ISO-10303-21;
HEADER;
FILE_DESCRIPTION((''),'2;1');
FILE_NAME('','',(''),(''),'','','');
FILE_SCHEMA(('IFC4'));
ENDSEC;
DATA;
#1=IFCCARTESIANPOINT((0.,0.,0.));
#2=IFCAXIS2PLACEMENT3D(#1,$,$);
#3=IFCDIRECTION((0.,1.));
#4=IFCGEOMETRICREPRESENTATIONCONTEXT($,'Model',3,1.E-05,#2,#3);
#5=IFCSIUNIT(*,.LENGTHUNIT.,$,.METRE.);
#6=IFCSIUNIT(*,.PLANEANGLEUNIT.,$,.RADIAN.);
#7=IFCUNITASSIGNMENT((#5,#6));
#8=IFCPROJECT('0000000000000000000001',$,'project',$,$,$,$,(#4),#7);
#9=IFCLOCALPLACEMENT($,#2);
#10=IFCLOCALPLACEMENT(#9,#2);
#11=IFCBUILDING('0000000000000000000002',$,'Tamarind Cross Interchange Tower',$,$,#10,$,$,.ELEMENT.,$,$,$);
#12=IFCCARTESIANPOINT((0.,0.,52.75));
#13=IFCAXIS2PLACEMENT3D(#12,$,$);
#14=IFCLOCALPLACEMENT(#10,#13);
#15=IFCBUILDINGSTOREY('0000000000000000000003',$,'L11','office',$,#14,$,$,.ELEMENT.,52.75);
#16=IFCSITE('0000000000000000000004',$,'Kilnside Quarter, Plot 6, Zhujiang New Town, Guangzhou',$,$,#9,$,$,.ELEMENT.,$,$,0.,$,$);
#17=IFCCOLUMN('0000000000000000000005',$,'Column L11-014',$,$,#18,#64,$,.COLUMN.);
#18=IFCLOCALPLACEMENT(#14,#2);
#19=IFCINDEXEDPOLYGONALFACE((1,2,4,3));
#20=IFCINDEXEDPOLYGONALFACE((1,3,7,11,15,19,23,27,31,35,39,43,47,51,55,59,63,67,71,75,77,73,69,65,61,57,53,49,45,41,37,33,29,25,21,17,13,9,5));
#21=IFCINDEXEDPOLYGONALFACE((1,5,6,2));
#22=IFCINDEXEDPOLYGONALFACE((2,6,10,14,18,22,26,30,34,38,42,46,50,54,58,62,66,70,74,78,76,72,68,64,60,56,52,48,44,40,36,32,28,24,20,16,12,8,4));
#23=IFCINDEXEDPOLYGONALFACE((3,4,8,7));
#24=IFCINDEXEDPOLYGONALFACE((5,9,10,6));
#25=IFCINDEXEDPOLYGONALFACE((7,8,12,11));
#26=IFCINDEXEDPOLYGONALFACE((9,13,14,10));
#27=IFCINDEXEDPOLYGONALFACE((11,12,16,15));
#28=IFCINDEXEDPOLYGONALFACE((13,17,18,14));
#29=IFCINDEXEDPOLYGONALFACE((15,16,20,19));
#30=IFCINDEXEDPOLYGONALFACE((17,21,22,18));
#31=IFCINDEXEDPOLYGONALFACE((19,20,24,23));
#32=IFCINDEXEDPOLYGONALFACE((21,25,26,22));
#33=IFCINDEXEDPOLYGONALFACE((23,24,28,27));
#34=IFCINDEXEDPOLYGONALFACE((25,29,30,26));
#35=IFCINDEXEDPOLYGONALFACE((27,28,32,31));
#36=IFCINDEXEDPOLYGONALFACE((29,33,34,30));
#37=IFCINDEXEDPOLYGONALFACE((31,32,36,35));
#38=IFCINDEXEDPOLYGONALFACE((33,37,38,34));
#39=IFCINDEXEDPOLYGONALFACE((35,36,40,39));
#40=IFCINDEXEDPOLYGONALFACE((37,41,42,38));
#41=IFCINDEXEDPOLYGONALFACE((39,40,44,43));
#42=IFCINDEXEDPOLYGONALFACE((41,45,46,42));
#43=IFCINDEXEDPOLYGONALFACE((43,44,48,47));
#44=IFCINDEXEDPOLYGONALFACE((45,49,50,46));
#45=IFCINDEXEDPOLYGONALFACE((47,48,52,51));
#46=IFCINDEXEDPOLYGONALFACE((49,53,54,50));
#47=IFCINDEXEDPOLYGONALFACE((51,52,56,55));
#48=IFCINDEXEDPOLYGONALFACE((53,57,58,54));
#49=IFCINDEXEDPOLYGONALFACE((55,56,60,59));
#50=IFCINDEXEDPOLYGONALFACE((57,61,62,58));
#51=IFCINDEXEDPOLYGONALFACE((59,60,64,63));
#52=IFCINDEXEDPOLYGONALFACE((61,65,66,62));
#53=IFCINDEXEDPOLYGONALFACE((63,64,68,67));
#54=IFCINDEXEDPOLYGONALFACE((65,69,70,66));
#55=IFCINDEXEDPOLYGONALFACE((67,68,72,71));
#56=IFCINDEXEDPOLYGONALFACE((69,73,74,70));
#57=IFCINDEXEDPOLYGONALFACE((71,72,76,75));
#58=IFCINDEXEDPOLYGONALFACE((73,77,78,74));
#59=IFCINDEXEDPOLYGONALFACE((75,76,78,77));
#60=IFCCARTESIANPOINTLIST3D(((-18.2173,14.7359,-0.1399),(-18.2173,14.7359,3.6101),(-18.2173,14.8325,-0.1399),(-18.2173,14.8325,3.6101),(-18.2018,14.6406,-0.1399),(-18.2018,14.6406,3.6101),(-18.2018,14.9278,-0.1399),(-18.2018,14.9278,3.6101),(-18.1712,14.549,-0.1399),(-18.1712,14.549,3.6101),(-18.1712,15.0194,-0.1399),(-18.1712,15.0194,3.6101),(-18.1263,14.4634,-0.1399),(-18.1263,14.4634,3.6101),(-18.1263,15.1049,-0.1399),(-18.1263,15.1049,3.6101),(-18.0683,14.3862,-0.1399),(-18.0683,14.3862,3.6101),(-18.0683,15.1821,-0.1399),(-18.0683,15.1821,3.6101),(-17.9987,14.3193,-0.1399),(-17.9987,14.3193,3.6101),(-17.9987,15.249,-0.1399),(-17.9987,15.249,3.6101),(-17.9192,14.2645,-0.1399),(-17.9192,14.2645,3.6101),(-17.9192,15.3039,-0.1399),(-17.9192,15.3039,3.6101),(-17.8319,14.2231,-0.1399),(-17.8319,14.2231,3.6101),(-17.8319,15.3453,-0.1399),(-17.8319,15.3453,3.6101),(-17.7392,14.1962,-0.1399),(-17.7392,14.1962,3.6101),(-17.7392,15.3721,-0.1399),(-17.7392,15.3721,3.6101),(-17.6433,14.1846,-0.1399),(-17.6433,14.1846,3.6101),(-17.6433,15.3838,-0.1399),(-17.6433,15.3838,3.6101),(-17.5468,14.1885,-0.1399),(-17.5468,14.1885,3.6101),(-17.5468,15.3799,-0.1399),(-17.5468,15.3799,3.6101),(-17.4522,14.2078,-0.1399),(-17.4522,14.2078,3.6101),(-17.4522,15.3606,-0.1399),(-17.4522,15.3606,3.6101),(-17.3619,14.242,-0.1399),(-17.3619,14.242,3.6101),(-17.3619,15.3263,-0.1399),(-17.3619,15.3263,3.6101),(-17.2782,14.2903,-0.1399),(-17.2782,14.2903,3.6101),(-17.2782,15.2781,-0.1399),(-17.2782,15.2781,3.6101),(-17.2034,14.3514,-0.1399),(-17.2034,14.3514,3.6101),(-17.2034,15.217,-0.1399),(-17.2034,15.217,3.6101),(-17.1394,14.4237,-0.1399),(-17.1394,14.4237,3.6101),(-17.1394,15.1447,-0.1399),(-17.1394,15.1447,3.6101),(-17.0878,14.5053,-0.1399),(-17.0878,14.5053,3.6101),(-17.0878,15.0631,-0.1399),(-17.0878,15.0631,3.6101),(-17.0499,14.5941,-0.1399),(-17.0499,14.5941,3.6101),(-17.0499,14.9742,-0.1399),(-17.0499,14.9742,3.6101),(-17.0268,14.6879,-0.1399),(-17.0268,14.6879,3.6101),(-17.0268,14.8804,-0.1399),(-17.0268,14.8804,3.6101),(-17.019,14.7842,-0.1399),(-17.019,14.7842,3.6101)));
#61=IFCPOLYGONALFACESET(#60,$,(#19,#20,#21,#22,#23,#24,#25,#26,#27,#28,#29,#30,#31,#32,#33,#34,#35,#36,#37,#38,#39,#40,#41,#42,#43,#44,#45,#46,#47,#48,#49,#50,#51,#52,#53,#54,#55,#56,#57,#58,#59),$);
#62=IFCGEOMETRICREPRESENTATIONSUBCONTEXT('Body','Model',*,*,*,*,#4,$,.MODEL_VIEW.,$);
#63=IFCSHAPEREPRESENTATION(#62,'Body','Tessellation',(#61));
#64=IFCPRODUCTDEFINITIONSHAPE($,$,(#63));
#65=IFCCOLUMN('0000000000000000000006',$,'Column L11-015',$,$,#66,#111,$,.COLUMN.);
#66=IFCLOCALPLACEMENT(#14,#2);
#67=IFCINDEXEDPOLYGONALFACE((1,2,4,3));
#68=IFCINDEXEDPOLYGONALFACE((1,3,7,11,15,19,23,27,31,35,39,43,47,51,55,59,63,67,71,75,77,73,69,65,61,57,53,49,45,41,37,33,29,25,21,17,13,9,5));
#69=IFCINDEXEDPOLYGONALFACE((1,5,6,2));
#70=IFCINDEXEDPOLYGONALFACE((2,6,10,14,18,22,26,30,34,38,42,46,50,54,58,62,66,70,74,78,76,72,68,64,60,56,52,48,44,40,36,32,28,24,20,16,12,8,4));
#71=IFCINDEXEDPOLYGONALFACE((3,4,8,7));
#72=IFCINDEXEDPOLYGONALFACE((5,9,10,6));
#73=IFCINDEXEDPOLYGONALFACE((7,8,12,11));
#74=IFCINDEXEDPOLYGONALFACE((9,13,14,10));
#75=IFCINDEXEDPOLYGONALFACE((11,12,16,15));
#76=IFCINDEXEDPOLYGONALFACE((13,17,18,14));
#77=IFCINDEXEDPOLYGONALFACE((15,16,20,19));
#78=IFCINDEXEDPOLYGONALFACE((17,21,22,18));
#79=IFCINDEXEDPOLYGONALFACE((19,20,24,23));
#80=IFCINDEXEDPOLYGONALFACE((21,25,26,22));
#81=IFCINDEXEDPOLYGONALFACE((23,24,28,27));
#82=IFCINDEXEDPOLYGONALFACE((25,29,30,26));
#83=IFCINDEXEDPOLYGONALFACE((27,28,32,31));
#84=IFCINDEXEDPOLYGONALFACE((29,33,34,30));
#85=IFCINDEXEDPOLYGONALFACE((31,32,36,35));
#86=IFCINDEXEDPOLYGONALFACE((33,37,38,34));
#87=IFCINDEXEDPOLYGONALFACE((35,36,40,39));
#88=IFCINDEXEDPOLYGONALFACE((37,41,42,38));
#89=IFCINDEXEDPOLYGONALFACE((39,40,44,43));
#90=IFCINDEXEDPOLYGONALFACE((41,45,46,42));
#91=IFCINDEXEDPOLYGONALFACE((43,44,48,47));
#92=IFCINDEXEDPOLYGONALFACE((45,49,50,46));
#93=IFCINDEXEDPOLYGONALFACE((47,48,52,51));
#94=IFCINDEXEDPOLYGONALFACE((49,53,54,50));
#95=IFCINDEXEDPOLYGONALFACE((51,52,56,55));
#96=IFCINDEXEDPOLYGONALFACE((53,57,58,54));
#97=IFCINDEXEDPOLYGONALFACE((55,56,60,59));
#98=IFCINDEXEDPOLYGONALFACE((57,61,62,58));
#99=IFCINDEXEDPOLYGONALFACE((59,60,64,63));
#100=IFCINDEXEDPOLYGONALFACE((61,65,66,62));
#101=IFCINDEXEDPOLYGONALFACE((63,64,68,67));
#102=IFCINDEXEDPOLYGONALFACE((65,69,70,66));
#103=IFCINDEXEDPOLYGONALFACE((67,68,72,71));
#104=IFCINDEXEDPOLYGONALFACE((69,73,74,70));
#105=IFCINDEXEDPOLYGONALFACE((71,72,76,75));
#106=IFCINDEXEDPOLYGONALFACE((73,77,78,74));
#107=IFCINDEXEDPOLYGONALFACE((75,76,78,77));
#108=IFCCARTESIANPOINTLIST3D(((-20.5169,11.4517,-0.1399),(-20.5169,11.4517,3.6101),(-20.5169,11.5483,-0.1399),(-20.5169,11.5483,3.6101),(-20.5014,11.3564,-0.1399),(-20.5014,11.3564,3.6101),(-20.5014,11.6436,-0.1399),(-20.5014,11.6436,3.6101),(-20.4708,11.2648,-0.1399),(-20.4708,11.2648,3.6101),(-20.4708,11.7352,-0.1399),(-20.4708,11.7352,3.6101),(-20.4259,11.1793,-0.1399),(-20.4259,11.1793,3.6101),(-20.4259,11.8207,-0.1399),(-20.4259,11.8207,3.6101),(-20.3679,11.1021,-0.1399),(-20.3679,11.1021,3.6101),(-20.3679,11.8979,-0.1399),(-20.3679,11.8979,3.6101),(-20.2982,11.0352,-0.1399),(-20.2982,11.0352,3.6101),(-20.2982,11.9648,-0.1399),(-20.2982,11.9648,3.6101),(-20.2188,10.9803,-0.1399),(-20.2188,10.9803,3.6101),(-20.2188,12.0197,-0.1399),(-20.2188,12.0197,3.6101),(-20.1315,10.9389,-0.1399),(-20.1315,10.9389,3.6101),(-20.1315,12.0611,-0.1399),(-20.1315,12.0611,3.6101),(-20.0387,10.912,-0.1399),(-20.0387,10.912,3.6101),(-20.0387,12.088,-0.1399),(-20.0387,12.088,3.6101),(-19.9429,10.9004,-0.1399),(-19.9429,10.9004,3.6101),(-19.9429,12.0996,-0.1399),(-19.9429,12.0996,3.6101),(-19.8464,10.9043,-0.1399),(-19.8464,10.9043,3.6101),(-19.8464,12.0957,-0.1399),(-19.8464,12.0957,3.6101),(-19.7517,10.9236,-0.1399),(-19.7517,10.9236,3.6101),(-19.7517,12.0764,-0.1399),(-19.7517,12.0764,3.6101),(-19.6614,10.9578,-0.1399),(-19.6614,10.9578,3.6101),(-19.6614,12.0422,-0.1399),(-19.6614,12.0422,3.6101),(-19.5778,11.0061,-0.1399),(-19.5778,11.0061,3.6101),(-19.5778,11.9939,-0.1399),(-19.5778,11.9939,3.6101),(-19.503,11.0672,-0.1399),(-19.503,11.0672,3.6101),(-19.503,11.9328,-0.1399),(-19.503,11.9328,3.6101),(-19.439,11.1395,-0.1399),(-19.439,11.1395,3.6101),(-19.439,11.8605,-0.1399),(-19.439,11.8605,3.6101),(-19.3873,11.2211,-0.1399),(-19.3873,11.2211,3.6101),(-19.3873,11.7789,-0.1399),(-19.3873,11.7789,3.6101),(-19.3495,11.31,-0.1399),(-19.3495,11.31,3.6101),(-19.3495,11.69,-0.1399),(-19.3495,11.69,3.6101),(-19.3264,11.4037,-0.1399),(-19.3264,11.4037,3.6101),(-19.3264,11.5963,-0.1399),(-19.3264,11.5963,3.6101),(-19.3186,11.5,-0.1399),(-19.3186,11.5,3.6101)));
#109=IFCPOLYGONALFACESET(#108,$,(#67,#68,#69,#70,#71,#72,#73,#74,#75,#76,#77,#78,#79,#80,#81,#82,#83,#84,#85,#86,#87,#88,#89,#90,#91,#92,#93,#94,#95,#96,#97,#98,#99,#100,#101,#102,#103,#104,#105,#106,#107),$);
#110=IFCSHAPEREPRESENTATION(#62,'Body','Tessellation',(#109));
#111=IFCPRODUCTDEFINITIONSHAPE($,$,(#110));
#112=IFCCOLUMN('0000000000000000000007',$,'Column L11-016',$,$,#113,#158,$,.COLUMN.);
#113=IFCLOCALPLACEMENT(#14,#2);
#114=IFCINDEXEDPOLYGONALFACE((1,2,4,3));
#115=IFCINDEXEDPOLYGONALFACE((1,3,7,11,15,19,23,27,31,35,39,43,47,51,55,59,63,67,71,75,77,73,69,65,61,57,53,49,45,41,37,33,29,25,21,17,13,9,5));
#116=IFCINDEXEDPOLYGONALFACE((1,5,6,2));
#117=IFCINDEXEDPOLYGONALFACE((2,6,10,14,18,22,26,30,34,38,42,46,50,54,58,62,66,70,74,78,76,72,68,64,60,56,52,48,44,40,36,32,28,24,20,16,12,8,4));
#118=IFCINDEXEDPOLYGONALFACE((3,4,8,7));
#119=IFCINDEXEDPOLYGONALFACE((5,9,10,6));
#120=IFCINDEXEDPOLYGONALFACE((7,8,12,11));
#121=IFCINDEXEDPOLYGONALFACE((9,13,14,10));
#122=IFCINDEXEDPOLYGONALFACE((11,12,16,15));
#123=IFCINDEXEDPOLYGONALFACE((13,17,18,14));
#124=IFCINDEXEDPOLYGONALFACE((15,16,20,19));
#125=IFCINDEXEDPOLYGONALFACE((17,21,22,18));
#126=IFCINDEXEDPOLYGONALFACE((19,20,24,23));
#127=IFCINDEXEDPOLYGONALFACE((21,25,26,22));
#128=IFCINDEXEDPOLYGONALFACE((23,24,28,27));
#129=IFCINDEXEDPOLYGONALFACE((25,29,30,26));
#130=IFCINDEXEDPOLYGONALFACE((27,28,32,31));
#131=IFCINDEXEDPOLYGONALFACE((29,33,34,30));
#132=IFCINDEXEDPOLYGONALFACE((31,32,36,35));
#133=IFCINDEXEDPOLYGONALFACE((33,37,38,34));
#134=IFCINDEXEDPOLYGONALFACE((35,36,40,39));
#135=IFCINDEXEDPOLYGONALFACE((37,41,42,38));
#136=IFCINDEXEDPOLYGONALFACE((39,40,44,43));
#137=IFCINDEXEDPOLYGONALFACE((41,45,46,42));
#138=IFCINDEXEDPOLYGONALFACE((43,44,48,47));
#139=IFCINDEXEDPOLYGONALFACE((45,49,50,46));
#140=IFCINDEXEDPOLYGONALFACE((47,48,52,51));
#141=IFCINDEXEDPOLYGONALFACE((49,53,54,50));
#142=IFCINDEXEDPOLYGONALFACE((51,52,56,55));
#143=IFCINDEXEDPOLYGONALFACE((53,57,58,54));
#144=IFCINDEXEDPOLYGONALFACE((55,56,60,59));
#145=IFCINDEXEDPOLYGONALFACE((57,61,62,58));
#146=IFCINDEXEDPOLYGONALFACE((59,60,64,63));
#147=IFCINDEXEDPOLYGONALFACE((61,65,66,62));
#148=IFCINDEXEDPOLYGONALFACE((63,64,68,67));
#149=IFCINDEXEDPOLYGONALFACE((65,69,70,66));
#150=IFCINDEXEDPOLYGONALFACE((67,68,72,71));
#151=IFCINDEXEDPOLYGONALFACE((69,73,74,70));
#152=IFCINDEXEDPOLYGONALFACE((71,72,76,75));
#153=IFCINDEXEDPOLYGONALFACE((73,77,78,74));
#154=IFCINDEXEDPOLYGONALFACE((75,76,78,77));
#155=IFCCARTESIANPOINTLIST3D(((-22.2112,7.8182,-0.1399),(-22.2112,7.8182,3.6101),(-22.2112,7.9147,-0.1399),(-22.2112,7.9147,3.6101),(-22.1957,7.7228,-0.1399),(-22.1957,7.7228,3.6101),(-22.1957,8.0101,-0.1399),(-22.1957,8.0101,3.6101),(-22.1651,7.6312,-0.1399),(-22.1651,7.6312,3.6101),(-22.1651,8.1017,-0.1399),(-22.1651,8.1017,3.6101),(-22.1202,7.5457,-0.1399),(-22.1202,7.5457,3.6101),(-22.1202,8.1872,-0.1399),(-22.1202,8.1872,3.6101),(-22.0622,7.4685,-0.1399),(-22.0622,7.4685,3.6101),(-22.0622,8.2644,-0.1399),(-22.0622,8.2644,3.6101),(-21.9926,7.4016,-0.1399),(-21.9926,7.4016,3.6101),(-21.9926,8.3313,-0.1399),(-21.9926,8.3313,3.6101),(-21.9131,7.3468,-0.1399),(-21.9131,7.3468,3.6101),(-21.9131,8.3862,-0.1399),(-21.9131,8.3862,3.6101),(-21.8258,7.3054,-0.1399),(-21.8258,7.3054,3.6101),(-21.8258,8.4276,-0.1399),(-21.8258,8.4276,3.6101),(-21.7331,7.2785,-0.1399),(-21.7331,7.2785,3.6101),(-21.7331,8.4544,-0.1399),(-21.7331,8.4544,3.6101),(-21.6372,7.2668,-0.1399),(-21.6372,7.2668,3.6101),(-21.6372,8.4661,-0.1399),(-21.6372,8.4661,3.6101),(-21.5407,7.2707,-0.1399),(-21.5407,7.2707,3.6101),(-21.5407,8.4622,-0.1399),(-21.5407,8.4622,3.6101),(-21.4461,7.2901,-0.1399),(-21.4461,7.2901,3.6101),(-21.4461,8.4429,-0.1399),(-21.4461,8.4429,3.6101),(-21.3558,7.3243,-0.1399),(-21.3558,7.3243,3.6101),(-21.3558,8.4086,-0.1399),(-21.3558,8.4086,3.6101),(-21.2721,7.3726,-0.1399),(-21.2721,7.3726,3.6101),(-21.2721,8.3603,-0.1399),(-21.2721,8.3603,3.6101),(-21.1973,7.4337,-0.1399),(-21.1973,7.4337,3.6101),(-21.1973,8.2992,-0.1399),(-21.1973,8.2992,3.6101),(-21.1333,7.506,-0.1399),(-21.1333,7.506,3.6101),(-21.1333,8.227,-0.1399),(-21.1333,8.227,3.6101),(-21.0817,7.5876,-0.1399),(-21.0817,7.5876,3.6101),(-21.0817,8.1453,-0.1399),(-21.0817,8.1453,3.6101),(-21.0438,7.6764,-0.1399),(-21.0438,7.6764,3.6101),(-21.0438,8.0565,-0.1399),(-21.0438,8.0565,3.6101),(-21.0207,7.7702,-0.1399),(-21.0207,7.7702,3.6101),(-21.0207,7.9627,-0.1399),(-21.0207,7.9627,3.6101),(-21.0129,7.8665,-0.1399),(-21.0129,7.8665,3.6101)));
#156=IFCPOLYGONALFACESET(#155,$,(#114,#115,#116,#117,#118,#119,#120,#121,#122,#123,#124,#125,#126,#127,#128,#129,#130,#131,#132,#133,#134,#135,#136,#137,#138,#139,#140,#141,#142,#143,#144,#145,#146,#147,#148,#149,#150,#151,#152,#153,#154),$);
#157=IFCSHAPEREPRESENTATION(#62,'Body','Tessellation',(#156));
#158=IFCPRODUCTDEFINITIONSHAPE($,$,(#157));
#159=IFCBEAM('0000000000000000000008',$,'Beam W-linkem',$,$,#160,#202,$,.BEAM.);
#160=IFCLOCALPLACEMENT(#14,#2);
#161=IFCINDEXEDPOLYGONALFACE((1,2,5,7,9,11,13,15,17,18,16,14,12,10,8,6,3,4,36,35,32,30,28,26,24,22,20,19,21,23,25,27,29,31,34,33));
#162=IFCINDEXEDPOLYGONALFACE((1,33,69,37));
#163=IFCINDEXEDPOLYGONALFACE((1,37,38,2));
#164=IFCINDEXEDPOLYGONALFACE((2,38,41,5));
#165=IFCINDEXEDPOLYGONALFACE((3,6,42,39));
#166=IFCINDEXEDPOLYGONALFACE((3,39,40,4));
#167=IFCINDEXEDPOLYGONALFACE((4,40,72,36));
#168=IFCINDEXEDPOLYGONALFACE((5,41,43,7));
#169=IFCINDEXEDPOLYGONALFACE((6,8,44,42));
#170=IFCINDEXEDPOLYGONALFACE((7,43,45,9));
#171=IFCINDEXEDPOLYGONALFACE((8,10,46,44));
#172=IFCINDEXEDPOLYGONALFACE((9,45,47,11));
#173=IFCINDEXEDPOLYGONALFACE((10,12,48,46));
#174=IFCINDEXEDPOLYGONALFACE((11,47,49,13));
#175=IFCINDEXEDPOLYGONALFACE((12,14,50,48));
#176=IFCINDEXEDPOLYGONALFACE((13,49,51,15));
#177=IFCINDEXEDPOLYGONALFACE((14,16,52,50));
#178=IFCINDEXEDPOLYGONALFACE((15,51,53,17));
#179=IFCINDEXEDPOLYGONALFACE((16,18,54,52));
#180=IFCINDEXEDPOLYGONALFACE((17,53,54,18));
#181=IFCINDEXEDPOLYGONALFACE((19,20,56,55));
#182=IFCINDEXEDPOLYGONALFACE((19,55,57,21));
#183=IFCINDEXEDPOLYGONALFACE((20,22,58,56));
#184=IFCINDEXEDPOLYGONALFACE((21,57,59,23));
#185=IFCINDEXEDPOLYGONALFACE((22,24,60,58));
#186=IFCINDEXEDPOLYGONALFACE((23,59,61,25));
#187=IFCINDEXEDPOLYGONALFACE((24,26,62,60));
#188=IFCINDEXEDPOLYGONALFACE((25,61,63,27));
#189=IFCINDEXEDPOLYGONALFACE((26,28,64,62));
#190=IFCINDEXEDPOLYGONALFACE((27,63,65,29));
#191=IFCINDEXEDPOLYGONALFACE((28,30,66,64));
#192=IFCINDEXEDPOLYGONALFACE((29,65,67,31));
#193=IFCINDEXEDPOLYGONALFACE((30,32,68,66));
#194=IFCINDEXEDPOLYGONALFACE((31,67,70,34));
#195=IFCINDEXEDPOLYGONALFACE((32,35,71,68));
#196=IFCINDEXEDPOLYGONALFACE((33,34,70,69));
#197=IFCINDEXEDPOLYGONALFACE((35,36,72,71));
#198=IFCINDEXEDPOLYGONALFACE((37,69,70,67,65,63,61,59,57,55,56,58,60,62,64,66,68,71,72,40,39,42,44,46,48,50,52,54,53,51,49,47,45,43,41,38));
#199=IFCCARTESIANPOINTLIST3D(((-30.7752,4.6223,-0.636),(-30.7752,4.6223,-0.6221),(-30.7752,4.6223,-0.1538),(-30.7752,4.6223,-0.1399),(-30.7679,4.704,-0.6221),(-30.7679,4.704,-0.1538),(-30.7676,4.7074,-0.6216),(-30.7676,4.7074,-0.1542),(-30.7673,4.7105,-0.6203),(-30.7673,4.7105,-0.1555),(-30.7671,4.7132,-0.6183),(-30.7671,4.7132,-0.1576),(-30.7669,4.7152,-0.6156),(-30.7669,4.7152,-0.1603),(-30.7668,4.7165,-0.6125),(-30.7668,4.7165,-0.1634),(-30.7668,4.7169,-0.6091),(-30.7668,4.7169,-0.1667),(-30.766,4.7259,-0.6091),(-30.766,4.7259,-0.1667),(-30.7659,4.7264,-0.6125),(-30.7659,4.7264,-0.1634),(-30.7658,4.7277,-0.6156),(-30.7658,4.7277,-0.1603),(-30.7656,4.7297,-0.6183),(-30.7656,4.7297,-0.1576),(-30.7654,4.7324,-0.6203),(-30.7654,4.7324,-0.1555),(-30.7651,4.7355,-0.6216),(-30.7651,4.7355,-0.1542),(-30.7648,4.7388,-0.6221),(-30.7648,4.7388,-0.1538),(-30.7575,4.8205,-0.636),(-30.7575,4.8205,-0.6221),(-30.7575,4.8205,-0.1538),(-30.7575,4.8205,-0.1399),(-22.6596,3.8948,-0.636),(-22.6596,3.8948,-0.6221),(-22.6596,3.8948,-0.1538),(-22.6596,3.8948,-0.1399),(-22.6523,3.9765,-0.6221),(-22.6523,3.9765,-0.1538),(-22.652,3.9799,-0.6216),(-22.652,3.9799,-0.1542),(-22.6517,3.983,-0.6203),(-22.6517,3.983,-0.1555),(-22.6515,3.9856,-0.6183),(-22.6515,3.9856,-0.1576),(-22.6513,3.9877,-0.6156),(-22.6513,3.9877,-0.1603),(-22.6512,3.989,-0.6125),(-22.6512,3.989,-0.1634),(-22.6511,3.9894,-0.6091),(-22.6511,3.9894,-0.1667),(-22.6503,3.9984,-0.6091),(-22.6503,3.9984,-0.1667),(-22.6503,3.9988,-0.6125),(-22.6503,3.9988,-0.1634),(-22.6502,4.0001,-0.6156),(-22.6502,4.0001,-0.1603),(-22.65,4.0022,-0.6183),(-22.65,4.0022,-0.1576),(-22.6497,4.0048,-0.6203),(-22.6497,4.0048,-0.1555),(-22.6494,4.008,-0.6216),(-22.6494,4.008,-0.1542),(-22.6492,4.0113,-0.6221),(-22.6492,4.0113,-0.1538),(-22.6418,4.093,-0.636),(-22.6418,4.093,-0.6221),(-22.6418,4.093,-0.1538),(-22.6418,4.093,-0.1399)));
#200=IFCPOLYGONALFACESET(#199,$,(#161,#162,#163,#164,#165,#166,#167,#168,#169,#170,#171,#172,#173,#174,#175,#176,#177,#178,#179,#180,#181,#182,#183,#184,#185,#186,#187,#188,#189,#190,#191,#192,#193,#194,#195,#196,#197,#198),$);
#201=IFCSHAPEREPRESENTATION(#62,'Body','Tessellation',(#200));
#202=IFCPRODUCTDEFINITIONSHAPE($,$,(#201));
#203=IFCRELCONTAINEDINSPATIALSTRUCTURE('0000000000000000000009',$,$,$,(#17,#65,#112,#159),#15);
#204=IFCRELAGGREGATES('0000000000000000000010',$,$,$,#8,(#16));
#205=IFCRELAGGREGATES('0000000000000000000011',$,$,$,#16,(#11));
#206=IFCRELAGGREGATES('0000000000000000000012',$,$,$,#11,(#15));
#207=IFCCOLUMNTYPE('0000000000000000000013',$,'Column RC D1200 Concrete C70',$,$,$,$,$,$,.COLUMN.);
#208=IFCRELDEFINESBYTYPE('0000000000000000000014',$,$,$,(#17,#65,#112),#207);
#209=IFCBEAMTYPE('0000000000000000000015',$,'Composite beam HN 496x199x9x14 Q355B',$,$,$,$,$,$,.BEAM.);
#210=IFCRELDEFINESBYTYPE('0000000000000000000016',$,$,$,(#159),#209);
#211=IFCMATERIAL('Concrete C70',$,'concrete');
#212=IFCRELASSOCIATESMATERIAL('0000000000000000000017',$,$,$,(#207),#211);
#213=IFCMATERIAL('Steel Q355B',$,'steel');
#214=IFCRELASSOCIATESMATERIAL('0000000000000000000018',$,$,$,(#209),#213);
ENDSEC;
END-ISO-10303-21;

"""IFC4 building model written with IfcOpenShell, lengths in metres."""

from ifc_helpers import new_model, si_unit, direction, frame, origin, origin_2d, place, context, subcontext, project, spatial, circle, i_section, extrude, material, material_profile, profile_set, type_object, element, save


model = new_model("IFC4")

# Units and contexts
model_context = context("Model", 3, precision=1e-05, world=origin(), true_north=direction((0.0, 1.0)))
body_context = subcontext(model_context, "Body", "Model", "MODEL_VIEW")
ifc_project = project(units=[si_unit("LENGTHUNIT", "METRE"), si_unit("PLANEANGLEUNIT", "RADIAN")], contexts=[model_context])

# Site, building, storey
site_placement = place(None, origin())
site = spatial("IfcSite", under=ifc_project, at=site_placement, Name="Kilnside Quarter, Plot 6, Zhujiang New Town, Guangzhou", CompositionType="ELEMENT", RefElevation=0.0)
building_placement = place(site_placement, origin())
building = spatial("IfcBuilding", under=site, at=building_placement, Name="Tamarind Cross Interchange Tower", CompositionType="ELEMENT")
storey_placement = place(building_placement, frame((0.0, 0.0, 52.75)))
storey = spatial("IfcBuildingStorey", under=building, at=storey_placement, Name="L11", Description="office", CompositionType="ELEMENT", Elevation=52.75)

# Columns
ifc_material_1 = material(Name="Concrete C70", Category="concrete")
ifc_material_profile_1 = material_profile(ifc_material_1, circle(Radius=0.6001, at=origin_2d()), Name="RC D1200")
ifc_profile_set_1 = profile_set([ifc_material_profile_1], Name="Concrete C70")
column_type_1 = type_object("IfcColumnType", Name="Column RC D1200 Concrete C70", PredefinedType="COLUMN", material=ifc_profile_set_1)
for number, where, z_axis, x_axis, name in (
    (1, (-17.6191, 14.7842, -0.1399), (0.0, 0.0, 1.0), (1.0, 0.0, 0.0), "Column L11-014"),
    (2, (-19.9187, 11.5, -0.1399), (0.0, 0.0, 1.0), (1.0, 0.0, 0.0), "Column L11-015"),
    (3, (-21.613, 7.8665, -0.1399), (0.0, 0.0, 1.0), (1.0, 0.0, 0.0), "Column L11-016"),
):
    element("IfcColumn", number, at=place(storey_placement, frame(where, z_axis=z_axis, x_axis=x_axis)), inside=storey, type_object=column_type_1, Name=name, PredefinedType="COLUMN", context=body_context, shape_type="SweptSolid", body=[
        extrude(circle(Radius=0.6001, at=origin_2d()), origin(), (0.0, 0.0, 1.0), 3.75),
    ])

# Beam
ifc_material_2 = material(Name="Steel Q355B", Category="steel")
ifc_material_profile_2 = material_profile(ifc_material_2, i_section(OverallWidth=0.199, OverallDepth=0.4961, WebThickness=0.009, FlangeThickness=0.0139, FilletRadius=0.0129, at=origin_2d()), Name="HN 496x199x9x14")
ifc_profile_set_2 = profile_set([ifc_material_profile_2], Name="Steel Q355B")
beam_type_1 = type_object("IfcBeamType", Name="Composite beam HN 496x199x9x14 Q355B", PredefinedType="BEAM", material=ifc_profile_set_2)
beam_1_placement = place(storey_placement, frame((-30.7664, 4.7214, -0.3879), z_axis=(0.996006, -0.089288, 0.0), x_axis=(0.089288, 0.996006, 0.0)))
element("IfcBeam", 4, at=beam_1_placement, inside=storey, type_object=beam_type_1, Name="Beam W-linkem", PredefinedType="BEAM", context=body_context, shape_type="SweptSolid", body=[
    extrude(i_section(OverallWidth=0.199, OverallDepth=0.4961, WebThickness=0.009, FlangeThickness=0.0139, FilletRadius=0.0129, at=origin_2d()), origin(), (0.0, 0.0, 1.0), 8.1482),
])

save(model, "model.ifc")
